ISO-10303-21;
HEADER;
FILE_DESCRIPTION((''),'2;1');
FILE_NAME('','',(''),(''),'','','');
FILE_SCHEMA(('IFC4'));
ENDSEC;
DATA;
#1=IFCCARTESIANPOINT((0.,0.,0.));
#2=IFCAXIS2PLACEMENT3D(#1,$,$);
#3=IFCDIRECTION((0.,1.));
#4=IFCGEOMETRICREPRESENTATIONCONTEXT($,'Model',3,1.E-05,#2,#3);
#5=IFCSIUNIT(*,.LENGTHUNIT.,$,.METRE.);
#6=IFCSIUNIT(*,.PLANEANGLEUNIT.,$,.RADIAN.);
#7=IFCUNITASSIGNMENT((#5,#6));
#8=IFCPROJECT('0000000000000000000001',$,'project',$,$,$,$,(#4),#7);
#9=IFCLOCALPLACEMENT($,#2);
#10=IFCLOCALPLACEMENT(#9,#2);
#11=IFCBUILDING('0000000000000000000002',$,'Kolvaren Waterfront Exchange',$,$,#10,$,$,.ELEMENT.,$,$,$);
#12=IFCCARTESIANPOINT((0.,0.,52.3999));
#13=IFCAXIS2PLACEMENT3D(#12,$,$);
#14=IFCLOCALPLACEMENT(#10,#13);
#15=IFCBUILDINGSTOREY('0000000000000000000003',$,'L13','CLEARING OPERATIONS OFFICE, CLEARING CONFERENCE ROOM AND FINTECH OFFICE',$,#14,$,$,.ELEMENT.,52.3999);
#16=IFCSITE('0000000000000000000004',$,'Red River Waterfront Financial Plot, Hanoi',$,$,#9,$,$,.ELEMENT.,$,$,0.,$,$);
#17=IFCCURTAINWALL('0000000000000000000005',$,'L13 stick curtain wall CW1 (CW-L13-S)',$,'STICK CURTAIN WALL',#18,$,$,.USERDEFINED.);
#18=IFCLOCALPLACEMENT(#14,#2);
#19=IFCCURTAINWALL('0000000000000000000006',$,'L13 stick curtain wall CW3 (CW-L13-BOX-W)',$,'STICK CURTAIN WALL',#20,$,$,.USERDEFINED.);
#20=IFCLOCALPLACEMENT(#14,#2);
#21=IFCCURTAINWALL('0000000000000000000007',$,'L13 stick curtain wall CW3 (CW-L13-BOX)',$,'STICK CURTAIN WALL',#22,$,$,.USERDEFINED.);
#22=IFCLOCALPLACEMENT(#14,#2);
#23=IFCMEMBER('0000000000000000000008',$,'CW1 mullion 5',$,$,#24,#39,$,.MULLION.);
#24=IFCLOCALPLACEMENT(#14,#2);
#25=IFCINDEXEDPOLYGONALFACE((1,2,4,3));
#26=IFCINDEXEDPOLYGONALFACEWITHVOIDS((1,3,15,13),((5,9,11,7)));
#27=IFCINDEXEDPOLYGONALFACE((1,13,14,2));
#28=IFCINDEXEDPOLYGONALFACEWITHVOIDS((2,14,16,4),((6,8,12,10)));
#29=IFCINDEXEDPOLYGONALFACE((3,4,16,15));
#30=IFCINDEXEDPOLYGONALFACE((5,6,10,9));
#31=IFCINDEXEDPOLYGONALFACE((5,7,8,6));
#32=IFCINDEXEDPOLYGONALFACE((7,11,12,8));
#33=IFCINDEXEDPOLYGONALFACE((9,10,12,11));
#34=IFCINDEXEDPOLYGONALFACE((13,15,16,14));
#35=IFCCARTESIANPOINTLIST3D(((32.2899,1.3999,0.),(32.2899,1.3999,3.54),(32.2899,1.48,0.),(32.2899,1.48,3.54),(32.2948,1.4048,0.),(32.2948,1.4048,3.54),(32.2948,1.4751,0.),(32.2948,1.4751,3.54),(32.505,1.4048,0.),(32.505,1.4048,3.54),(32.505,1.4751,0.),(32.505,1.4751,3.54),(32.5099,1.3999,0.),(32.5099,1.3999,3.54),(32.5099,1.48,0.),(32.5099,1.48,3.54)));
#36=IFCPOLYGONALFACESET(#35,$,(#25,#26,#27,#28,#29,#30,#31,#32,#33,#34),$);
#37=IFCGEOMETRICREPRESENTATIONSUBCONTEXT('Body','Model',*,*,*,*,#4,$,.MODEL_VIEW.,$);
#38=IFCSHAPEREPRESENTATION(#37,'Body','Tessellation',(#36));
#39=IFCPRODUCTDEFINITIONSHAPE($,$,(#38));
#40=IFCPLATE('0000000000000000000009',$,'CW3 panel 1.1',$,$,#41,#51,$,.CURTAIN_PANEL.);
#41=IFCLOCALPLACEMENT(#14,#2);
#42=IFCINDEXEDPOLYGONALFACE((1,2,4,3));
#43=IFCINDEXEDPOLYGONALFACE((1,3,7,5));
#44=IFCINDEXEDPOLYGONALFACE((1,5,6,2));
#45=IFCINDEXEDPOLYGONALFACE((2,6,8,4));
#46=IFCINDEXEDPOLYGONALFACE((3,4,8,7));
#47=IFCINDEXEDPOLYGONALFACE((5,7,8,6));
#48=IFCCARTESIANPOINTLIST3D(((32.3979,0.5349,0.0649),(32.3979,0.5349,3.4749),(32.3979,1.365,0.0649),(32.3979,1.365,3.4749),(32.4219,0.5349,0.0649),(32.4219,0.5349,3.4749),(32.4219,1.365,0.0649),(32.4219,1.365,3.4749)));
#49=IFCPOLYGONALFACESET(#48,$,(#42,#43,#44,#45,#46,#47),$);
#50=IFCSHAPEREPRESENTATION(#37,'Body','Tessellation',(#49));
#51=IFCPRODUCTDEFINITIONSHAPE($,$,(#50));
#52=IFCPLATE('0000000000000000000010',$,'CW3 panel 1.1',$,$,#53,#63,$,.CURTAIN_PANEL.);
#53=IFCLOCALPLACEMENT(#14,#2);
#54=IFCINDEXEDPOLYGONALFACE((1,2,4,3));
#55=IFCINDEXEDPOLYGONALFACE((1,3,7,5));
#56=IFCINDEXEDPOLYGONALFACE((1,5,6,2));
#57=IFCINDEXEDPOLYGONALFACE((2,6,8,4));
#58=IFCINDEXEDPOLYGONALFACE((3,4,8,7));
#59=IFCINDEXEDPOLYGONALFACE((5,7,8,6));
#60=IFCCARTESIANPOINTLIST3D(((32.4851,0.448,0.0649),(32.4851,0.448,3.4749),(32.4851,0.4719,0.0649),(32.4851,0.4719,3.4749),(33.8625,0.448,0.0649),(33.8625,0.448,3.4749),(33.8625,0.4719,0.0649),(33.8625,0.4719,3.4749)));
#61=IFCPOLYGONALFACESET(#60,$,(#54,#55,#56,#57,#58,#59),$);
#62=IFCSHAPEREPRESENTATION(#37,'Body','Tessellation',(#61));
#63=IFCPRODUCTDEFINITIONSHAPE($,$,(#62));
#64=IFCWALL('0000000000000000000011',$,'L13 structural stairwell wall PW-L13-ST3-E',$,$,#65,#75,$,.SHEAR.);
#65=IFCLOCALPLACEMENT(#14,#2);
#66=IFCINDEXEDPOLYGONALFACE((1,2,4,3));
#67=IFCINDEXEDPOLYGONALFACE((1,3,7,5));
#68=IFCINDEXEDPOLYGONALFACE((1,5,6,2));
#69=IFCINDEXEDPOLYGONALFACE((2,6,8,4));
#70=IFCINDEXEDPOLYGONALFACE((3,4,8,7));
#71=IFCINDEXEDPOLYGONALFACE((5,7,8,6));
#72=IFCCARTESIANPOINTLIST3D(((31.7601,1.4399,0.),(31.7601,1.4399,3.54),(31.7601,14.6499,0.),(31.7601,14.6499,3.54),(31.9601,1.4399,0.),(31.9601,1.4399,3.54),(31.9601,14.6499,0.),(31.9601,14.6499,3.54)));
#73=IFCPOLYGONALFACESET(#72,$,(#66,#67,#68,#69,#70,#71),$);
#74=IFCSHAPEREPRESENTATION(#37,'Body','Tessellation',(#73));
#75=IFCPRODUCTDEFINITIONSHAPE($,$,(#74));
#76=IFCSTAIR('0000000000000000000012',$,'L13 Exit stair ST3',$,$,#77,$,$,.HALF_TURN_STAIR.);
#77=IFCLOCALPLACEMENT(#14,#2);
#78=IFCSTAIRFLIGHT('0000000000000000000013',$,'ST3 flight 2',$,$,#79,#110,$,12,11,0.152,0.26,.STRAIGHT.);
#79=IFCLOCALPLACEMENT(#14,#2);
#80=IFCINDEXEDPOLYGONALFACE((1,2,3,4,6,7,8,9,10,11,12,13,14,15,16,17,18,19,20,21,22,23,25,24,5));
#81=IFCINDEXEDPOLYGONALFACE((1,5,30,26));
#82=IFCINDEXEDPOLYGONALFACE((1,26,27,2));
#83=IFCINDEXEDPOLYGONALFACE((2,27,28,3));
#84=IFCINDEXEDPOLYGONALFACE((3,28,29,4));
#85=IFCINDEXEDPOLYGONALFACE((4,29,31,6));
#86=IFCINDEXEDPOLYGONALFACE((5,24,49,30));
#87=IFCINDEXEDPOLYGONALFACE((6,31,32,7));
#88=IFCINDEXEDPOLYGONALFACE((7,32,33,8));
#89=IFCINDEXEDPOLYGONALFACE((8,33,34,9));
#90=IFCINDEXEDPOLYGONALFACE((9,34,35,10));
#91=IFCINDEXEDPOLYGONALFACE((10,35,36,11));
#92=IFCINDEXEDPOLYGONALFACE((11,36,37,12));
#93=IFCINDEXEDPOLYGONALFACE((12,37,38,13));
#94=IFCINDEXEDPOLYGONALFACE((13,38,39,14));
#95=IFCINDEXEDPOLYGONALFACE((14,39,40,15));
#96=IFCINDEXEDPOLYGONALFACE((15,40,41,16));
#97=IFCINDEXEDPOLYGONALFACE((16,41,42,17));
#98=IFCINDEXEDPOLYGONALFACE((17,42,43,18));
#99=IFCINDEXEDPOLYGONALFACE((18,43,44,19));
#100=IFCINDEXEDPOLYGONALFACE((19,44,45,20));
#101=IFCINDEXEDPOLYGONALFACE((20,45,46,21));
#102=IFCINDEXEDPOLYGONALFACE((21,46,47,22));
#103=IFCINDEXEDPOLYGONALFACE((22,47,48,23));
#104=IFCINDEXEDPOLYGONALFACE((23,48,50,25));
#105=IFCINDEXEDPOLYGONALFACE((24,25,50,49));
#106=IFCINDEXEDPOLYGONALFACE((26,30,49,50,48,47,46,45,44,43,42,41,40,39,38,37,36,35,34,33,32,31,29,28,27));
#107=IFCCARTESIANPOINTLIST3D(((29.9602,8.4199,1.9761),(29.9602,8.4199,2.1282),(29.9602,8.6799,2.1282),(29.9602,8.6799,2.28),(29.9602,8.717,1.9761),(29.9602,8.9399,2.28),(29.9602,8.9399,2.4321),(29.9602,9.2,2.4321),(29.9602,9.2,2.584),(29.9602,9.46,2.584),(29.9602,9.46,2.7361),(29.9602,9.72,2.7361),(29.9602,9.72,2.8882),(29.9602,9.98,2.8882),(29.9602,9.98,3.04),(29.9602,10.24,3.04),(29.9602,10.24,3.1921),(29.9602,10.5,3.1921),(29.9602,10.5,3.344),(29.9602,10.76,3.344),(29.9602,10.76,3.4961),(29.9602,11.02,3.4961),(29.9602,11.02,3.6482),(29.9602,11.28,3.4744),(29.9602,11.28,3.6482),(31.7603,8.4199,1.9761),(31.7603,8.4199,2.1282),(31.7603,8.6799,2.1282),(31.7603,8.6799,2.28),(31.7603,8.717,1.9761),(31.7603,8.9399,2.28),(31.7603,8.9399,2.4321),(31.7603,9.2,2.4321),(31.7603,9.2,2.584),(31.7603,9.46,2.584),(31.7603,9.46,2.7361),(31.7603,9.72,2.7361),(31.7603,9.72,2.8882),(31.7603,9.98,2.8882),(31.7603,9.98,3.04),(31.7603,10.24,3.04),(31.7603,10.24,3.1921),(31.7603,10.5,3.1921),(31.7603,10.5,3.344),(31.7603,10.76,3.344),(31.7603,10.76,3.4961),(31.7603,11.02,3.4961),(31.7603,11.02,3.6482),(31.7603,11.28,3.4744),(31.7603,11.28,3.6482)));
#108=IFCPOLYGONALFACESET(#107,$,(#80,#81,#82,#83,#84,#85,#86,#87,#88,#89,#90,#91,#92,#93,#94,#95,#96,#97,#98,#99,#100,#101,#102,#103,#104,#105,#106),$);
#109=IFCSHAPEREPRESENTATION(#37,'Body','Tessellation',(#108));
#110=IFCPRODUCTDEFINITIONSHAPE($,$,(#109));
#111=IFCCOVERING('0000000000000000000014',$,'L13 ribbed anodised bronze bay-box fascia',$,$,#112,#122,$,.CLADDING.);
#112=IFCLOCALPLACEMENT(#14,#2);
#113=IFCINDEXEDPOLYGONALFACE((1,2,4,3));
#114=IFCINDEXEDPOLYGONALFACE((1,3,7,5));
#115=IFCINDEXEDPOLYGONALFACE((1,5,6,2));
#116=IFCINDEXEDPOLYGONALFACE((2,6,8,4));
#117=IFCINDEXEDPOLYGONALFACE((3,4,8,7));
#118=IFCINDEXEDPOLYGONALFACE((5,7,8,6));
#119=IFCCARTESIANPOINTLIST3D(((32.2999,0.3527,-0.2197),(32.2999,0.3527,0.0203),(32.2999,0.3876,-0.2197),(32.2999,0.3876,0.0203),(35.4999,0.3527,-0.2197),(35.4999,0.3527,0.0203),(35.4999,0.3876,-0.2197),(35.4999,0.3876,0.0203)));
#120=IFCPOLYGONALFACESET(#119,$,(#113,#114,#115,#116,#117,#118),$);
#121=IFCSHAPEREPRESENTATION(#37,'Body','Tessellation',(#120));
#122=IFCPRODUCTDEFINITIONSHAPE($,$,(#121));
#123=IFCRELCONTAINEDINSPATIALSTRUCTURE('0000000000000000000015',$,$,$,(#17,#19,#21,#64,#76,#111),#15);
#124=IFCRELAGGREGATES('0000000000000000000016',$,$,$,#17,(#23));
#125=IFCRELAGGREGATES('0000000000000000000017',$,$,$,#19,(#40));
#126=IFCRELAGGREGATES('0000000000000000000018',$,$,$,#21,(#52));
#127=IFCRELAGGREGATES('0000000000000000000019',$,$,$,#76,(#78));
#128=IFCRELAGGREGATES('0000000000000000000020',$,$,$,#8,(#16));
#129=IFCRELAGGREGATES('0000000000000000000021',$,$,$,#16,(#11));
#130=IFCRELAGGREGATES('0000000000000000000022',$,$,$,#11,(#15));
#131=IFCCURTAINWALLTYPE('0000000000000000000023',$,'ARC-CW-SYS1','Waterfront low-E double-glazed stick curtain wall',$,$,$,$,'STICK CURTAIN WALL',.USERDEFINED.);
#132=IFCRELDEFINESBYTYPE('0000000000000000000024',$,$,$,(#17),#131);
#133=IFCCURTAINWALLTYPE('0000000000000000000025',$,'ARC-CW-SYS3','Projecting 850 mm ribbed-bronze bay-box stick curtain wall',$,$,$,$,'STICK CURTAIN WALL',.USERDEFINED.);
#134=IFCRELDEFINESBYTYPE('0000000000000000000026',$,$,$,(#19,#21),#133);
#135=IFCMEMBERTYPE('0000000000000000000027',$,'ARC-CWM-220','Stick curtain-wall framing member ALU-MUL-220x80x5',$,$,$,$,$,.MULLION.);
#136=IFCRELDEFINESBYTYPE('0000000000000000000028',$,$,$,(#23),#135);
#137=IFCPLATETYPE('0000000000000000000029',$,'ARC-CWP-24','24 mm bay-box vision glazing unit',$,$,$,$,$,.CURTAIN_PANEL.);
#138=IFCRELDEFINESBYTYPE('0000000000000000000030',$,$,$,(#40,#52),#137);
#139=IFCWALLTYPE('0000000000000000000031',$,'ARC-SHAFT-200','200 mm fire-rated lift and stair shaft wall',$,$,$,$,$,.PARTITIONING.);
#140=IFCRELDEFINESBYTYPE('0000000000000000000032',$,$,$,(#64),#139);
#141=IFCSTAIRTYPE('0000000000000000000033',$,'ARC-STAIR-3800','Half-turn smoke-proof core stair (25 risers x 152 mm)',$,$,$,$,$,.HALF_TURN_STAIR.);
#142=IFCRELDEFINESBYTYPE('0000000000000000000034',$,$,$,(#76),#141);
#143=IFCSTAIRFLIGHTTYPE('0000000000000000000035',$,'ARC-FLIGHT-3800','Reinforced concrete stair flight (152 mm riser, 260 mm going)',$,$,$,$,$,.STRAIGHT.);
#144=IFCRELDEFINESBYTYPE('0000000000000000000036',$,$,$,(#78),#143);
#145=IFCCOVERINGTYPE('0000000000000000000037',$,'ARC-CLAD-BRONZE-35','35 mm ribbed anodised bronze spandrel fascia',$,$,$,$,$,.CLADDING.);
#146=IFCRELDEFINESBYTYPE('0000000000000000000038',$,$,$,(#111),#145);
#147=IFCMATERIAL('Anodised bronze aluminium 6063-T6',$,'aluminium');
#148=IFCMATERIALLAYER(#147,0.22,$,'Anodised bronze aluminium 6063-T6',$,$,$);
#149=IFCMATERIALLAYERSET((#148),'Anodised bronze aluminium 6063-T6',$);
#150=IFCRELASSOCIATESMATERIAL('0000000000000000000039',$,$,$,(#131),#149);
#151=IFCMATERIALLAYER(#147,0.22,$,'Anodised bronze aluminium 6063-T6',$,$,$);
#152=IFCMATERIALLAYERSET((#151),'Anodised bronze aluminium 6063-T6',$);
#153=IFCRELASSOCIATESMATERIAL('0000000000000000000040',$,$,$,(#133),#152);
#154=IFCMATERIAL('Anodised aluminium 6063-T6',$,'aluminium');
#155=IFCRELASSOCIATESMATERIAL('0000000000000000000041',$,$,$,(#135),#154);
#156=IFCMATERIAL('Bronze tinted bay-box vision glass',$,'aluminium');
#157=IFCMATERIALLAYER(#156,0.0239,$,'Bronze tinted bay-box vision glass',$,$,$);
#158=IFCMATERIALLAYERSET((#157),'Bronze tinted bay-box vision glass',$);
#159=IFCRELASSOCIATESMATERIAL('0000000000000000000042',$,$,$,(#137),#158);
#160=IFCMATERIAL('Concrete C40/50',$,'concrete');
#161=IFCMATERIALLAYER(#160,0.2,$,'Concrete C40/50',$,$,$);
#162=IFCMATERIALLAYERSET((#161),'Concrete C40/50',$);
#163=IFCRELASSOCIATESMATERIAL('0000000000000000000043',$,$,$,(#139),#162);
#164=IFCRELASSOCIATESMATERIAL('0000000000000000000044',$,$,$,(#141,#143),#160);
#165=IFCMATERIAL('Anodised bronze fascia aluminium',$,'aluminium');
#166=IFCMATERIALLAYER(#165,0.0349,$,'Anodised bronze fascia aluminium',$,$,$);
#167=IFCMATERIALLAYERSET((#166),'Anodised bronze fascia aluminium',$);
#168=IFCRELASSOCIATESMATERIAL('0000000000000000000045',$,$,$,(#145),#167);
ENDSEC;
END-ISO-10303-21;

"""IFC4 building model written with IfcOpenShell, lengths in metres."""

from ifc_helpers import new_model, si_unit, direction, frame, frame_2d, origin, origin_with_axes, origin_2d, place, context, subcontext, project, spatial, polyline, rectangle, hollow_rectangle, outline, extrude, source, transform, mapped, material, layer, layer_set, material_profile, profile_set, type_object, element, aggregate, save


model = new_model("IFC4")

# Units and contexts
model_context = context("Model", 3, precision=1e-05, world=origin(), true_north=direction((0.0, 1.0)))
body_context = subcontext(model_context, "Body", "Model", "MODEL_VIEW")
ifc_project = project(units=[si_unit("LENGTHUNIT", "METRE"), si_unit("PLANEANGLEUNIT", "RADIAN")], contexts=[model_context])

# Site, building, storey
site_placement = place(None, origin())
site = spatial("IfcSite", under=ifc_project, at=site_placement, Name="Red River Waterfront Financial Plot, Hanoi", CompositionType="ELEMENT", RefElevation=0.0)
building_placement = place(site_placement, origin())
building = spatial("IfcBuilding", under=site, at=building_placement, Name="Kolvaren Waterfront Exchange", CompositionType="ELEMENT")
storey_placement = place(building_placement, frame((0.0, 0.0, 52.3999)))
storey = spatial("IfcBuildingStorey", under=building, at=storey_placement, Name="L13", Description="CLEARING OPERATIONS OFFICE, CLEARING CONFERENCE ROOM AND FINTECH OFFICE", CompositionType="ELEMENT", Elevation=52.3999)

# Curtain walls
ifc_material_1 = material(Name="Anodised bronze aluminium 6063-T6", Category="aluminium")
ifc_layer_1 = layer(ifc_material_1, 0.22, Name="Anodised bronze aluminium 6063-T6")
ifc_layer_set_1 = layer_set([ifc_layer_1], Name="Anodised bronze aluminium 6063-T6")
curtain_wall_type_1 = type_object("IfcCurtainWallType", Name="ARC-CW-SYS1", Description="Waterfront low-E double-glazed stick curtain wall", ElementType="STICK CURTAIN WALL", PredefinedType="USERDEFINED", material=ifc_layer_set_1)
curtain_wall_1_placement = place(storey_placement, origin())
curtain_wall_1 = element("IfcCurtainWall", 1, at=curtain_wall_1_placement, inside=storey, type_object=curtain_wall_type_1, Name="L13 stick curtain wall CW1 (CW-L13-S)", ObjectType="STICK CURTAIN WALL", PredefinedType="USERDEFINED")
ifc_material_2 = material(Name="Anodised aluminium 6063-T6", Category="aluminium")
ifc_layer_2 = layer(ifc_material_1, 0.22, Name="Anodised bronze aluminium 6063-T6")
ifc_layer_set_2 = layer_set([ifc_layer_2], Name="Anodised bronze aluminium 6063-T6")
curtain_wall_type_2 = type_object("IfcCurtainWallType", Name="ARC-CW-SYS3", Description="Projecting 850 mm ribbed-bronze bay-box stick curtain wall", ElementType="STICK CURTAIN WALL", PredefinedType="USERDEFINED", material=ifc_layer_set_2)
curtain_wall_2_placement = place(storey_placement, origin())
curtain_wall_2 = element("IfcCurtainWall", 2, at=curtain_wall_2_placement, inside=storey, type_object=curtain_wall_type_2, Name="L13 stick curtain wall CW3 (CW-L13-BOX-W)", ObjectType="STICK CURTAIN WALL", PredefinedType="USERDEFINED")
curtain_wall_3_placement = place(storey_placement, origin())
curtain_wall_3 = element("IfcCurtainWall", 3, at=curtain_wall_3_placement, inside=storey, type_object=curtain_wall_type_2, Name="L13 stick curtain wall CW3 (CW-L13-BOX)", ObjectType="STICK CURTAIN WALL", PredefinedType="USERDEFINED")

# Member
ifc_material_profile_1 = material_profile(ifc_material_2, hollow_rectangle(XDim=0.0801, YDim=0.22, WallThickness=0.0049, at=origin_2d()), Name="ALU-MUL-220x80x5")
ifc_profile_set_1 = profile_set([ifc_material_profile_1], Name="Anodised aluminium 6063-T6")
member_type_1 = type_object("IfcMemberType", Name="ARC-CWM-220", Description="Stick curtain-wall framing member ALU-MUL-220x80x5", PredefinedType="MULLION", material=ifc_profile_set_1)
shared_shape_1 = source(origin_with_axes(), body_context, "Body", "SweptSolid", [
    extrude(hollow_rectangle(XDim=0.0801, YDim=0.22, WallThickness=0.0049, at=origin_2d()), origin(), (0.0, 0.0, 1.0), 3.54),
])
member_1_placement = place(storey_placement, frame((32.3999, 1.4399, 0.0), z_axis=(0.0, 0.0, 1.0), x_axis=(0.0, 1.0, 0.0)))
member_1 = element("IfcMember", 4, at=member_1_placement, type_object=member_type_1, Name="CW1 mullion 5", PredefinedType="MULLION", context=body_context, shape_type="MappedRepresentation", body=[
    mapped(shared_shape_1, transform((0.0, 0.0, 0.0), x_axis=(1.0, 0.0, 0.0), y_axis=(0.0, 1.0, 0.0), z_axis=(0.0, 0.0, 1.0), scale=1.0)),
])
aggregate(curtain_wall_1, [member_1])

# Plates
ifc_material_3 = material(Name="Bronze tinted bay-box vision glass", Category="aluminium")
ifc_layer_3 = layer(ifc_material_3, 0.0239, Name="Bronze tinted bay-box vision glass")
ifc_layer_set_3 = layer_set([ifc_layer_3], Name="Bronze tinted bay-box vision glass")
plate_type = type_object("IfcPlateType", Name="ARC-CWP-24", Description="24 mm bay-box vision glazing unit", PredefinedType="CURTAIN_PANEL", material=ifc_layer_set_3)
shared_shape_2 = source(origin_with_axes(), body_context, "Body", "SweptSolid", [
    extrude(rectangle(XDim=0.8301, YDim=0.0239, at=origin_2d()), origin(), (0.0, 0.0, 1.0), 3.4099),
])
plate_1_placement = place(storey_placement, frame((32.4099, 0.95, 0.0649), z_axis=(0.0, 0.0, 1.0), x_axis=(0.0, -1.0, 0.0)))
plate_1 = element("IfcPlate", 5, at=plate_1_placement, type_object=plate_type, Name="CW3 panel 1.1", PredefinedType="CURTAIN_PANEL", context=body_context, shape_type="MappedRepresentation", body=[
    mapped(shared_shape_2, transform((0.0, 0.0, 0.0), x_axis=(1.0, 0.0, 0.0), y_axis=(0.0, 1.0, 0.0), z_axis=(0.0, 0.0, 1.0), scale=1.0)),
])
aggregate(curtain_wall_2, [plate_1])
shared_shape_3 = source(origin_with_axes(), body_context, "Body", "SweptSolid", [
    extrude(rectangle(XDim=1.3774, YDim=0.0239, at=origin_2d()), origin(), (0.0, 0.0, 1.0), 3.4099),
])
plate_2_placement = place(storey_placement, frame((33.1738, 0.46, 0.0649), z_axis=(0.0, 0.0, 1.0), x_axis=(1.0, 0.0, 0.0)))
plate_2 = element("IfcPlate", 6, at=plate_2_placement, type_object=plate_type, Name="CW3 panel 1.1", PredefinedType="CURTAIN_PANEL", context=body_context, shape_type="MappedRepresentation", body=[
    mapped(shared_shape_3, transform((0.0, 0.0, 0.0), x_axis=(1.0, 0.0, 0.0), y_axis=(0.0, 1.0, 0.0), z_axis=(0.0, 0.0, 1.0), scale=1.0)),
])
aggregate(curtain_wall_3, [plate_2])

# Wall
ifc_material_4 = material(Name="Concrete C40/50", Category="concrete")
ifc_layer_4 = layer(ifc_material_4, 0.2, Name="Concrete C40/50")
ifc_layer_set_4 = layer_set([ifc_layer_4], Name="Concrete C40/50")
wall_type = type_object("IfcWallType", Name="ARC-SHAFT-200", Description="200 mm fire-rated lift and stair shaft wall", PredefinedType="PARTITIONING", material=ifc_layer_set_4)
wall_placement = place(storey_placement, frame((31.8601, 1.4399, 0.0), z_axis=(0.0, 0.0, 1.0), x_axis=(0.0, 1.0, 0.0)))
element("IfcWall", 7, at=wall_placement, inside=storey, type_object=wall_type, Name="L13 structural stairwell wall PW-L13-ST3-E", PredefinedType="SHEAR", context=body_context, shape_type="SweptSolid", body=[
    extrude(rectangle(XDim=13.21, YDim=0.2, at=frame_2d((6.605, 0.0))), origin(), (0.0, 0.0, 1.0), 3.54),
])

# Stair, stair flight
stair_type = type_object("IfcStairType", Name="ARC-STAIR-3800", Description="Half-turn smoke-proof core stair (25 risers x 152 mm)", PredefinedType="HALF_TURN_STAIR", material=ifc_material_4)
stair_placement = place(storey_placement, origin())
stair = element("IfcStair", 8, at=stair_placement, inside=storey, type_object=stair_type, Name="L13 Exit stair ST3", PredefinedType="HALF_TURN_STAIR")
stair_flight_type = type_object("IfcStairFlightType", Name="ARC-FLIGHT-3800", Description="Reinforced concrete stair flight (152 mm riser, 260 mm going)", PredefinedType="STRAIGHT", material=ifc_material_4)
stair_flight_placement = place(storey_placement, frame((30.8601, 8.4199, 1.9761), z_axis=(0.0, 0.0, 1.0), x_axis=(0.0, 1.0, 0.0)))
stair_flight = element("IfcStairFlight", 9, at=stair_flight_placement, type_object=stair_flight_type, Name="ST3 flight 2", NumberOfRisers=12, NumberOfTreads=11, PredefinedType="STRAIGHT", RiserHeight=0.152, TreadLength=0.26, context=body_context, shape_type="SweptSolid", body=[
    extrude(outline(polyline([(0.0, 0.0), (0.0, 0.1521), (0.26, 0.1521), (0.26, 0.304), (0.52, 0.304), (0.52, 0.4561), (0.78, 0.4561), (0.78, 0.6079), (1.04, 0.6079), (1.04, 0.76), (1.3, 0.76), (1.3, 0.9121), (1.5601, 0.9121), (1.5601, 1.064), (1.8201, 1.064), (1.8201, 1.2161), (2.0801, 1.2161), (2.0801, 1.3679), (2.3401, 1.3679), (2.3401, 1.52), (2.6001, 1.52), (2.6001, 1.6721), (2.8601, 1.6721), (2.8601, 1.824), (2.8601, 1.4983), (0.2971, 0.0), (0.0, 0.0)])), frame((0.0, 0.8999, 0.0), z_axis=(0.0, -1.0, 0.0), x_axis=(1.0, 0.0, 0.0)), (0.0, 0.0, 1.0), 1.8),
])
aggregate(stair, [stair_flight])

# Covering
ifc_material_5 = material(Name="Anodised bronze fascia aluminium", Category="aluminium")
ifc_layer_5 = layer(ifc_material_5, 0.0349, Name="Anodised bronze fascia aluminium")
ifc_layer_set_5 = layer_set([ifc_layer_5], Name="Anodised bronze fascia aluminium")
covering_type = type_object("IfcCoveringType", Name="ARC-CLAD-BRONZE-35", Description="35 mm ribbed anodised bronze spandrel fascia", PredefinedType="CLADDING", material=ifc_layer_set_5)
covering_placement = place(storey_placement, frame((33.8999, 0.3701, -0.2197), z_axis=(0.0, 0.0, 1.0), x_axis=(1.0, 0.0, 0.0)))
element("IfcCovering", 10, at=covering_placement, inside=storey, type_object=covering_type, Name="L13 ribbed anodised bronze bay-box fascia", PredefinedType="CLADDING", context=body_context, shape_type="SweptSolid", body=[
    extrude(rectangle(XDim=3.2, YDim=0.0349, at=origin_2d()), origin(), (0.0, 0.0, 1.0), 0.24),
])

save(model, "model.ifc")
